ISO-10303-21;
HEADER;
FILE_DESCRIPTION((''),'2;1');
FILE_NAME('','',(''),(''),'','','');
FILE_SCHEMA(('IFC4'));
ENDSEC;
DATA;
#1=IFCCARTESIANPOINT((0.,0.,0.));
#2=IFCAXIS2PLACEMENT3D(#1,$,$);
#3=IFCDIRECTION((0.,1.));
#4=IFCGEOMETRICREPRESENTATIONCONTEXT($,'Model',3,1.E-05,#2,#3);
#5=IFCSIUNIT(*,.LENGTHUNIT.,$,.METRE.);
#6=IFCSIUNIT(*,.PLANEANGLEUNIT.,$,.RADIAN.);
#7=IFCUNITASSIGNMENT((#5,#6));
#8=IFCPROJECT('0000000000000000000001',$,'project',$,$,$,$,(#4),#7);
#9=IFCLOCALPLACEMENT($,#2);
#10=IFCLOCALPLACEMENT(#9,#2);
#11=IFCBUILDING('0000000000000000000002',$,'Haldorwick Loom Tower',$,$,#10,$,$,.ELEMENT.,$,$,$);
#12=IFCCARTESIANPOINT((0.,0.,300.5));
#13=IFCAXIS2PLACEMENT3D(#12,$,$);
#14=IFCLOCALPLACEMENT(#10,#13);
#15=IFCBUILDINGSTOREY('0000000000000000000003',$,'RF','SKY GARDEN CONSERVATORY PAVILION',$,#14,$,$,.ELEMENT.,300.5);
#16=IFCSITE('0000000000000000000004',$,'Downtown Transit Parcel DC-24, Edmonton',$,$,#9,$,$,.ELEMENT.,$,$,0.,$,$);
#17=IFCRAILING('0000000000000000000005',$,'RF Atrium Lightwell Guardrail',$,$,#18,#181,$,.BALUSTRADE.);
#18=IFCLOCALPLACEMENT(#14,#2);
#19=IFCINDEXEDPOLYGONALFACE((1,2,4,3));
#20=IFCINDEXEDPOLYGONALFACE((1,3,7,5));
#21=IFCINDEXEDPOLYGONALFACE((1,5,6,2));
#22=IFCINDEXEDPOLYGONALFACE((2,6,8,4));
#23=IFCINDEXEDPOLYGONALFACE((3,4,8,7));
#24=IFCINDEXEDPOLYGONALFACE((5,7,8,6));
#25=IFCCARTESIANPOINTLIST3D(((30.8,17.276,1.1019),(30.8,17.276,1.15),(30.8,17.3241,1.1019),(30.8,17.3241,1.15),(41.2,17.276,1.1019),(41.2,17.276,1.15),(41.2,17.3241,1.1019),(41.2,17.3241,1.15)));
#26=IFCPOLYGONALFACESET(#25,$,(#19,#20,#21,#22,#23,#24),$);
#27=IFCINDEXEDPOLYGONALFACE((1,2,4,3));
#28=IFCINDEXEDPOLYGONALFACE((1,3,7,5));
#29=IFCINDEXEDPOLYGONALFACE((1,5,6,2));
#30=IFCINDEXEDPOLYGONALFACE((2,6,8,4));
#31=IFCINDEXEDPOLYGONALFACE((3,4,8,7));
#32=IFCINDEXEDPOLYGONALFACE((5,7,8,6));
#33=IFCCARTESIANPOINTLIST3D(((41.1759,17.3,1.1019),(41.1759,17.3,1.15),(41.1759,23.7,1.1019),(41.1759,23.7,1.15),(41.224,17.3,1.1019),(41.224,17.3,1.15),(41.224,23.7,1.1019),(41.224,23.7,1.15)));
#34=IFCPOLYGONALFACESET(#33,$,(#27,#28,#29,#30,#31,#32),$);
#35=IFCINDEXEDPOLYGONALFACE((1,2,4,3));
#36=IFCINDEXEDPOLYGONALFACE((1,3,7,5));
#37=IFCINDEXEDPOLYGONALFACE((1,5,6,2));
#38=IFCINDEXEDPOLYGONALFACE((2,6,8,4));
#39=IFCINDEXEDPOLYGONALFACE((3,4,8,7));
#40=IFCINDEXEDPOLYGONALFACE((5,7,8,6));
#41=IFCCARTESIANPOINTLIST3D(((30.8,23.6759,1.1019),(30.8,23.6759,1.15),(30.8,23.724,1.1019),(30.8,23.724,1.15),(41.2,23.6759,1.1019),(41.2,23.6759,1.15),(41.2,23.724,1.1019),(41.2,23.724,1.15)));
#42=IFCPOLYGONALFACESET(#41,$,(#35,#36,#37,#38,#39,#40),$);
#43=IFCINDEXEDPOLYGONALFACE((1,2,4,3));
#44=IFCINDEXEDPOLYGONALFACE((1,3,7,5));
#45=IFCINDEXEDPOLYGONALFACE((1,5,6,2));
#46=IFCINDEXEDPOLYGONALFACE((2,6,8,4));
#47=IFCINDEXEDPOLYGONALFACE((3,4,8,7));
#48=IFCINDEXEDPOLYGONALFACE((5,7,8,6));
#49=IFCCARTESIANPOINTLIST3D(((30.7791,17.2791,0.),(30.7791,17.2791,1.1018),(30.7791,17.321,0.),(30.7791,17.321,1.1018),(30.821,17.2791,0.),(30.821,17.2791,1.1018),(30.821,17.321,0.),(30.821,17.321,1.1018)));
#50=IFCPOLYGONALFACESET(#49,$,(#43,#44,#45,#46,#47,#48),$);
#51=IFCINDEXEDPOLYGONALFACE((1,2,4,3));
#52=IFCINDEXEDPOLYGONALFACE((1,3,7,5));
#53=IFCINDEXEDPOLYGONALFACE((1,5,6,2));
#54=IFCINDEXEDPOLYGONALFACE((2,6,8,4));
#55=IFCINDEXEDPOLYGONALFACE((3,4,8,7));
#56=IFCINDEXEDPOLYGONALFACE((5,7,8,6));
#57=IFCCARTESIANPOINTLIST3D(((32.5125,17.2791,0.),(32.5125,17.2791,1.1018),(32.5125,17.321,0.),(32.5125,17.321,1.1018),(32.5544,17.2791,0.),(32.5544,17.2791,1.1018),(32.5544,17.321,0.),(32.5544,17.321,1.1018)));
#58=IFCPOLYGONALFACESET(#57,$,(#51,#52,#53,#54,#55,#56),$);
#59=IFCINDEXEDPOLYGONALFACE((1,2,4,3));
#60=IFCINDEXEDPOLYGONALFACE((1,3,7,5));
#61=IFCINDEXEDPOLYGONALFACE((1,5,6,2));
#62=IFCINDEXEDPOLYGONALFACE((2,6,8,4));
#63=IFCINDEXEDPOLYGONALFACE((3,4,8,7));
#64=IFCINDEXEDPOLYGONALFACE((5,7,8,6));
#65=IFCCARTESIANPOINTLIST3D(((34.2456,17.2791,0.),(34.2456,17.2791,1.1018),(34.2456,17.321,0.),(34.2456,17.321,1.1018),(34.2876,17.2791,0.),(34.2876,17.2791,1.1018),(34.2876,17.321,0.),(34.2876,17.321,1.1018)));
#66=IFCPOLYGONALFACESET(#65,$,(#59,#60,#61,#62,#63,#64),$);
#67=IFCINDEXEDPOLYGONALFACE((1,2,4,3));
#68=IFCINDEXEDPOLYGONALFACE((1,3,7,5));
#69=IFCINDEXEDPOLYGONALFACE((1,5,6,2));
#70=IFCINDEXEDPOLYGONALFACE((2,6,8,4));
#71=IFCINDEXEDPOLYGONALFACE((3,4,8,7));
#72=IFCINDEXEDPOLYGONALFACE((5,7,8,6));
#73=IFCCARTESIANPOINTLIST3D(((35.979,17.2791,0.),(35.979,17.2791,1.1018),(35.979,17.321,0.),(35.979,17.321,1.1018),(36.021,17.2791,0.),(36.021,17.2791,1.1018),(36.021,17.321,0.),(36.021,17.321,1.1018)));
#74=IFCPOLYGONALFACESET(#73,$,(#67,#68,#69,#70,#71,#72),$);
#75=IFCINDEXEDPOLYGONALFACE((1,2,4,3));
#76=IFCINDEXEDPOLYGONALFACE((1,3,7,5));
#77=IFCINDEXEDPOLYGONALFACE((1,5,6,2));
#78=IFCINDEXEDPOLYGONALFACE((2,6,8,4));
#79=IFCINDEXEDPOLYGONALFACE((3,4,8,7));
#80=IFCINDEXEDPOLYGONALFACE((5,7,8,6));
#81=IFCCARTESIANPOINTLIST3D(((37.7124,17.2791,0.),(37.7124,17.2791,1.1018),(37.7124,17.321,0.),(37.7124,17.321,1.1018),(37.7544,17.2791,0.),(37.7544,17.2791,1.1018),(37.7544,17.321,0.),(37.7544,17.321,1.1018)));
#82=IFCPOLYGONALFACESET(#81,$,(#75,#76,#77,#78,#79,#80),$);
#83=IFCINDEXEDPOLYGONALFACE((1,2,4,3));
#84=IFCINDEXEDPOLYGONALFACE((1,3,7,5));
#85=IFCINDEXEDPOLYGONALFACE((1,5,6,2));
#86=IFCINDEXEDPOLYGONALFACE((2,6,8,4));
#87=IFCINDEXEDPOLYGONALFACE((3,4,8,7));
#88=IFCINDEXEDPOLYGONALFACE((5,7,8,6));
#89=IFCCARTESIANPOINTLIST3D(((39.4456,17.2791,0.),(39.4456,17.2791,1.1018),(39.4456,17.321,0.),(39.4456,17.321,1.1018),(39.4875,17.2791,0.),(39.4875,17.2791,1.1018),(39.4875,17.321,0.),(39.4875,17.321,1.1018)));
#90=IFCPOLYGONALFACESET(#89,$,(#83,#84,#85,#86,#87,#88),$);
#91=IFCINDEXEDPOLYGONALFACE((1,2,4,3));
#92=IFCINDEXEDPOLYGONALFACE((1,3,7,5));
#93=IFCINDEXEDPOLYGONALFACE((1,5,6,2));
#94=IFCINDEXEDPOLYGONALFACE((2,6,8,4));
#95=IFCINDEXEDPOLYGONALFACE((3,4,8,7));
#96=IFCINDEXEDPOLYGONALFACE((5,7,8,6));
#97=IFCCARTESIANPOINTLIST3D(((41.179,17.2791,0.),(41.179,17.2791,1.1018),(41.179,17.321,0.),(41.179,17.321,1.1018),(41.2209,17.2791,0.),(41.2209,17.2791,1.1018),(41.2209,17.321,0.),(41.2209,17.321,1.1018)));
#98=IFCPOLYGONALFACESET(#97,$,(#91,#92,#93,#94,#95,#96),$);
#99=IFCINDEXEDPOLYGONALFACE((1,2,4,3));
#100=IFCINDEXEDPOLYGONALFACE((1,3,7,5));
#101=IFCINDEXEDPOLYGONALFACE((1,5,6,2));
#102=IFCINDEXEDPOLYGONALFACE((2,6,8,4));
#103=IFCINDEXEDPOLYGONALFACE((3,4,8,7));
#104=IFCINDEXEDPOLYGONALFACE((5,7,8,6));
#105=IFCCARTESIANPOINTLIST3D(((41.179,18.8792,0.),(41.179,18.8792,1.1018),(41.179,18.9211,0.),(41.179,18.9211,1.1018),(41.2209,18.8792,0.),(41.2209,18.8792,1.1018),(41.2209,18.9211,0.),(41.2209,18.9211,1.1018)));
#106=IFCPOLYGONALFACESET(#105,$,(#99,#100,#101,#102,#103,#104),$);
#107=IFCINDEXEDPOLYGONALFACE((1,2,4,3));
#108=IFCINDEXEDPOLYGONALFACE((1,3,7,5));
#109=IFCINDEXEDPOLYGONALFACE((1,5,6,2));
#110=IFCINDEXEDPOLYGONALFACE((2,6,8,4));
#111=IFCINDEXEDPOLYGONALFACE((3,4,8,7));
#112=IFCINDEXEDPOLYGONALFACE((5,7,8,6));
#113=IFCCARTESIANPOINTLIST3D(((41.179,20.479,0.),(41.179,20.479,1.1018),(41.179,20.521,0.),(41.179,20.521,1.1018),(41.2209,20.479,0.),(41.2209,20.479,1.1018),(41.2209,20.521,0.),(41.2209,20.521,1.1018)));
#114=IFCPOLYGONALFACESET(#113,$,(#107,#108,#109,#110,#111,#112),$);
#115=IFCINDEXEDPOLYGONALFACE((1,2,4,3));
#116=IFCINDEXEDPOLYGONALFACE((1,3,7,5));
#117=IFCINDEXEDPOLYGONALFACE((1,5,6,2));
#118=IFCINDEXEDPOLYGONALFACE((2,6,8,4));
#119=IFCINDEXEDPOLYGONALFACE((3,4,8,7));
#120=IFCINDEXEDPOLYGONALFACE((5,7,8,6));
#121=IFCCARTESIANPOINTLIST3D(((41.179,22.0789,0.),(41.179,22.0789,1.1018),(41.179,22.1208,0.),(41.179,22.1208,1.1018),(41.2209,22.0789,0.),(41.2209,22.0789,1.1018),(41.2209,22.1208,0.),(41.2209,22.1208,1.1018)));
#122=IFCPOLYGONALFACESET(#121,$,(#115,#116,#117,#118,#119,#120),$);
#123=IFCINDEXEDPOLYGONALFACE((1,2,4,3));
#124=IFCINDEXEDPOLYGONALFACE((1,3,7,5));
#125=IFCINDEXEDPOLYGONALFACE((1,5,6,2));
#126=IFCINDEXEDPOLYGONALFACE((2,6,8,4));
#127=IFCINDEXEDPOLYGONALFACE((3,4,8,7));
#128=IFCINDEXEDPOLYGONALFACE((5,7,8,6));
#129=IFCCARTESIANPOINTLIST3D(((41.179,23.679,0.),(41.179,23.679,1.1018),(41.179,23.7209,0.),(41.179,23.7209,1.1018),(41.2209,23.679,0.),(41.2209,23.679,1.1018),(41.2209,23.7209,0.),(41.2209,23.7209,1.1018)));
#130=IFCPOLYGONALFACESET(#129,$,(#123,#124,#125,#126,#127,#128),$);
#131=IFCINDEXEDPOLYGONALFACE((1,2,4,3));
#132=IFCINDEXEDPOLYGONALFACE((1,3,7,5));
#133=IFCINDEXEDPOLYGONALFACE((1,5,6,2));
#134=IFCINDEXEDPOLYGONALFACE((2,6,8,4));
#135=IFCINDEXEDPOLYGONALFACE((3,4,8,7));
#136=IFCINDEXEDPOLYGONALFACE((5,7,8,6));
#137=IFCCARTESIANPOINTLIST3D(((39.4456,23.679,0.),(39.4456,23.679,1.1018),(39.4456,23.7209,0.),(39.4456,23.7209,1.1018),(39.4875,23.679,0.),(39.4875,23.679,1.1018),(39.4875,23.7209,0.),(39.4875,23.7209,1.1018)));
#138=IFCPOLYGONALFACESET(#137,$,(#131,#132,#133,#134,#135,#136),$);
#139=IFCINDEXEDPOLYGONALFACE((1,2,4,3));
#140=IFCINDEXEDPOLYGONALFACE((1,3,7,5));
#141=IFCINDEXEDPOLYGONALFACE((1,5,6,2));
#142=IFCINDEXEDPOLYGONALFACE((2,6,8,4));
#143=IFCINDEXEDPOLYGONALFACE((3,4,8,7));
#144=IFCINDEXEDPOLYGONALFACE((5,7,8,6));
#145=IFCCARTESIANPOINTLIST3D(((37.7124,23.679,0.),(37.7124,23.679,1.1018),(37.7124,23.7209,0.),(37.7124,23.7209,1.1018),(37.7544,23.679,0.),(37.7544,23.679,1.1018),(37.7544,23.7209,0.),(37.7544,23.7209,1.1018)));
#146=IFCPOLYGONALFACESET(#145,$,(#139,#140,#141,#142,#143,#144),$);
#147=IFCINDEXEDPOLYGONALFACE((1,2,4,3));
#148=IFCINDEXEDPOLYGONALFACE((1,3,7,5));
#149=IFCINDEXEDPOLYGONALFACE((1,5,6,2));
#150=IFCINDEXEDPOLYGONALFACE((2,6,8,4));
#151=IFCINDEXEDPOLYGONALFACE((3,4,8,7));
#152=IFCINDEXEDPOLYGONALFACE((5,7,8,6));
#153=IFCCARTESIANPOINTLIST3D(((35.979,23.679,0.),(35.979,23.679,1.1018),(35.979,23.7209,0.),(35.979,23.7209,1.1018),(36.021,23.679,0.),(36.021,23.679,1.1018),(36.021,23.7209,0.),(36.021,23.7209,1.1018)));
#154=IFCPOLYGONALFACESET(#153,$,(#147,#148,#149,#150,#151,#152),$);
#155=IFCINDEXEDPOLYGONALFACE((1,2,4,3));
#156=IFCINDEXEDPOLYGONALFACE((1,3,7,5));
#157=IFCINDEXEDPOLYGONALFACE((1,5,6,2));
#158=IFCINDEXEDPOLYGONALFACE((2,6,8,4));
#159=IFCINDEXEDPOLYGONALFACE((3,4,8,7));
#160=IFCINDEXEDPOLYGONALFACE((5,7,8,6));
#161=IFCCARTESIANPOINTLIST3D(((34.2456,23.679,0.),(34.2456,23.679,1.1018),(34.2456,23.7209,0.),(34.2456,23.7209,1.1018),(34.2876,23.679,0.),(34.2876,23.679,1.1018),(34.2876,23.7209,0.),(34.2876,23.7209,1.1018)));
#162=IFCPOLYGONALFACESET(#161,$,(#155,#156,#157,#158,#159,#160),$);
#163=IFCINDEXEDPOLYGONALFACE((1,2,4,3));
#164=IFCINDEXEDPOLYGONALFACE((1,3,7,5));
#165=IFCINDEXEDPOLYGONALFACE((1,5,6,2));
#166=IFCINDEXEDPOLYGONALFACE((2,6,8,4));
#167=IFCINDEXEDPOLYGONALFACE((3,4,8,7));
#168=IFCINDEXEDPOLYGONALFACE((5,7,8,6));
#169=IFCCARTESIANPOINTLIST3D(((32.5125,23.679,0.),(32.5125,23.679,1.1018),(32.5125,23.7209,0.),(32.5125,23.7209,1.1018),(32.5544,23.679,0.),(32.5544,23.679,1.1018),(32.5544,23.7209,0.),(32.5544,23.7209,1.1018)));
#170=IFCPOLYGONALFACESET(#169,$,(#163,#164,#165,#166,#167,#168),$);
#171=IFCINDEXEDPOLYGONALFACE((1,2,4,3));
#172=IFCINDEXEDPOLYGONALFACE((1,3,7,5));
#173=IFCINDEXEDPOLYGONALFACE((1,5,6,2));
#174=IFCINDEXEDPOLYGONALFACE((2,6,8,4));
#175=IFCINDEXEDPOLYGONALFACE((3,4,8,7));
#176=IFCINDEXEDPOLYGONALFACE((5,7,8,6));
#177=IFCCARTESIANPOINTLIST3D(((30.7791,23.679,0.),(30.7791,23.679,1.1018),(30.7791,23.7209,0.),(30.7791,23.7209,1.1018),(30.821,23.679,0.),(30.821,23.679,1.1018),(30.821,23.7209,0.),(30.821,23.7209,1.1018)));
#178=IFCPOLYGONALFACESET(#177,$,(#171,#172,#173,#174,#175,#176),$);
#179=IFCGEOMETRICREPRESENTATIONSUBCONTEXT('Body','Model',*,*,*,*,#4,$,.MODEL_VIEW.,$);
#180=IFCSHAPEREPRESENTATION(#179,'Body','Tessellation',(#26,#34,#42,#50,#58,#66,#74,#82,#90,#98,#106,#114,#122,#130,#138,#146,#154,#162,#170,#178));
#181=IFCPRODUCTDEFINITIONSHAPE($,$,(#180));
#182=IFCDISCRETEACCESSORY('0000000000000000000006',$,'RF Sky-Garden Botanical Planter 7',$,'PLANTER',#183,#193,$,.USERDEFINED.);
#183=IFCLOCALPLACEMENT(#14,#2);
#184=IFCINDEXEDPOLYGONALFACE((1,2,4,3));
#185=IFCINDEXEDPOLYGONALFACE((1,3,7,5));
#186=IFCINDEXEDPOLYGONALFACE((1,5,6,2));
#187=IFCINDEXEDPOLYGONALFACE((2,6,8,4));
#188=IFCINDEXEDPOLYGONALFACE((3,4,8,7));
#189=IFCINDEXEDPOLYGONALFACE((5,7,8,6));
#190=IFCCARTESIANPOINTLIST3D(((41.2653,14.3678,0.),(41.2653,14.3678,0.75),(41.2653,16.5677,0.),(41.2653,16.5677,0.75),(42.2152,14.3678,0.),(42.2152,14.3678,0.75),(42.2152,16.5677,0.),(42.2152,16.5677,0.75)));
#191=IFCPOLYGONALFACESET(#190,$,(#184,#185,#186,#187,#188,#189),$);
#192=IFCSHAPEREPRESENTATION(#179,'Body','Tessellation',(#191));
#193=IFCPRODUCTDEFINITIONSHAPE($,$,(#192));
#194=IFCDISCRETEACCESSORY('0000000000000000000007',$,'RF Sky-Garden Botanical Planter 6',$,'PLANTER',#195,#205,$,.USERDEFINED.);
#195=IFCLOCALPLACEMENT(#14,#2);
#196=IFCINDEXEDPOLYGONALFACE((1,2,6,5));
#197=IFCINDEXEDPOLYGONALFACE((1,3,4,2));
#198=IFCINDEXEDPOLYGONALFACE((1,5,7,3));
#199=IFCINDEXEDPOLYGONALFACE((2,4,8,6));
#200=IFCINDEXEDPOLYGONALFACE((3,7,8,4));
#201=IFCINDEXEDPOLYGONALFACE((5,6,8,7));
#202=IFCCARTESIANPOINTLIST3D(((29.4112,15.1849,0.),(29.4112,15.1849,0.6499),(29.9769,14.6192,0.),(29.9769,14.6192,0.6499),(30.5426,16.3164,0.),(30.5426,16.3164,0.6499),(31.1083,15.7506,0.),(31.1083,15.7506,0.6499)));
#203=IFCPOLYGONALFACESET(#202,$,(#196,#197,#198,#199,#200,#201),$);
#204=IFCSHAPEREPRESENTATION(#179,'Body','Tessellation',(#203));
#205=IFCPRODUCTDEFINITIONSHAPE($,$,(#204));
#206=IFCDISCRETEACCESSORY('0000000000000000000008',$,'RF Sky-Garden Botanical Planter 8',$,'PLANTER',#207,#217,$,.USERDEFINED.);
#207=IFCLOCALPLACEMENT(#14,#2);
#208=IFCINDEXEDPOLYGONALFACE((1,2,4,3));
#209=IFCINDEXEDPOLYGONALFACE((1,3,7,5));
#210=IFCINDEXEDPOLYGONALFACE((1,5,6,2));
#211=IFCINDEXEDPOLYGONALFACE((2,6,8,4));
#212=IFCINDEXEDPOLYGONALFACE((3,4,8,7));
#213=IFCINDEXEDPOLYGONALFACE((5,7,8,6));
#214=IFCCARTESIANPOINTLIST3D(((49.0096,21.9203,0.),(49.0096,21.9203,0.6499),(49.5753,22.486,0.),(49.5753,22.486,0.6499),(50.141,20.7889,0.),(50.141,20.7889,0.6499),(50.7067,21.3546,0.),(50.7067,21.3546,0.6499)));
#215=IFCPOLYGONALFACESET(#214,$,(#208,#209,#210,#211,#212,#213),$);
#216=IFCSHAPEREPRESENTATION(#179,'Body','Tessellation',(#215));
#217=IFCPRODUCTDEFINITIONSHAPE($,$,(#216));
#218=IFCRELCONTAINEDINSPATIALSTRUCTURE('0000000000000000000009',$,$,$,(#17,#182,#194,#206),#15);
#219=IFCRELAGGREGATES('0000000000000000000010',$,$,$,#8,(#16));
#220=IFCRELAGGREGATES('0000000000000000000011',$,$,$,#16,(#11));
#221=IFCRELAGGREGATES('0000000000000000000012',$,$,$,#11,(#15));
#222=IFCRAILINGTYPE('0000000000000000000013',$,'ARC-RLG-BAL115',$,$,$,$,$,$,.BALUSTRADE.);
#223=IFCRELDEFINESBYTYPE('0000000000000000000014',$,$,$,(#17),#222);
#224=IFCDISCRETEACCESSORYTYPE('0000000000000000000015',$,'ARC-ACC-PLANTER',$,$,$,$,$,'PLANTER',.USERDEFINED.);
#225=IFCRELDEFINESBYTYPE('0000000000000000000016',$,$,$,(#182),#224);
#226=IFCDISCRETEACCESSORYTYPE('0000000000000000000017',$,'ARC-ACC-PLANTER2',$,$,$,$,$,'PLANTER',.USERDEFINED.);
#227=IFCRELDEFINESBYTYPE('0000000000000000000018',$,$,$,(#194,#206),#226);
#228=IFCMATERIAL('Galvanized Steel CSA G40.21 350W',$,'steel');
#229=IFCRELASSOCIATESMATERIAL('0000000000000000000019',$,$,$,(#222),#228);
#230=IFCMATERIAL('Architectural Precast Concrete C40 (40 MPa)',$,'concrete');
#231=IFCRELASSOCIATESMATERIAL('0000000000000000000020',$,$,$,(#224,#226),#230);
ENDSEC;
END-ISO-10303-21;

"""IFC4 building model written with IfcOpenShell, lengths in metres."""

from ifc_helpers import new_model, si_unit, direction, frame, origin, origin_2d, place, context, subcontext, project, spatial, rectangle, extrude, material, type_object, element, save


model = new_model("IFC4")

# Units and contexts
model_context = context("Model", 3, precision=1e-05, world=origin(), true_north=direction((0.0, 1.0)))
body_context = subcontext(model_context, "Body", "Model", "MODEL_VIEW")
ifc_project = project(units=[si_unit("LENGTHUNIT", "METRE"), si_unit("PLANEANGLEUNIT", "RADIAN")], contexts=[model_context])

# Site, building, storey
site_placement = place(None, origin())
site = spatial("IfcSite", under=ifc_project, at=site_placement, Name="Downtown Transit Parcel DC-24, Edmonton", CompositionType="ELEMENT", RefElevation=0.0)
building_placement = place(site_placement, origin())
building = spatial("IfcBuilding", under=site, at=building_placement, Name="Haldorwick Loom Tower", CompositionType="ELEMENT")
storey_placement = place(building_placement, frame((0.0, 0.0, 300.5)))
storey = spatial("IfcBuildingStorey", under=building, at=storey_placement, Name="RF", Description="SKY GARDEN CONSERVATORY PAVILION", CompositionType="ELEMENT", Elevation=300.5)

# Railing
ifc_material_1 = material(Name="Galvanized Steel CSA G40.21 350W", Category="steel")
railing_type_1 = type_object("IfcRailingType", Name="ARC-RLG-BAL115", PredefinedType="BALUSTRADE", material=ifc_material_1)
railing_1_placement = place(storey_placement, frame((30.8, 17.3, 0.0)))
element("IfcRailing", 1, at=railing_1_placement, inside=storey, type_object=railing_type_1, Name="RF Atrium Lightwell Guardrail", PredefinedType="BALUSTRADE", context=body_context, shape_type="SweptSolid", body=[
    extrude(rectangle(XDim=0.0481, YDim=0.0481, at=origin_2d()), frame((0.0, 0.0, 1.126), z_axis=(1.0, 0.0, 0.0), x_axis=(0.0, 1.0, 0.0)), (0.0, 0.0, 1.0), 10.3999),
    extrude(rectangle(XDim=0.0481, YDim=0.0481, at=origin_2d()), frame((10.3999, 0.0, 1.126), z_axis=(0.0, 1.0, 0.0), x_axis=(-1.0, 0.0, 0.0)), (0.0, 0.0, 1.0), 6.3999),
    extrude(rectangle(XDim=0.0481, YDim=0.0481, at=origin_2d()), frame((10.3999, 6.3999, 1.126), z_axis=(-1.0, 0.0, 0.0), x_axis=(0.0, -1.0, 0.0)), (0.0, 0.0, 1.0), 10.3999),
    extrude(rectangle(XDim=0.042, YDim=0.042, at=origin_2d()), origin(), (0.0, 0.0, 1.0), 1.1018),
    extrude(rectangle(XDim=0.042, YDim=0.042, at=origin_2d()), frame((1.7334, 0.0, 0.0)), (0.0, 0.0, 1.0), 1.1018),
    extrude(rectangle(XDim=0.042, YDim=0.042, at=origin_2d()), frame((3.4666, 0.0, 0.0)), (0.0, 0.0, 1.0), 1.1018),
    extrude(rectangle(XDim=0.042, YDim=0.042, at=origin_2d()), frame((5.2, 0.0, 0.0)), (0.0, 0.0, 1.0), 1.1018),
    extrude(rectangle(XDim=0.042, YDim=0.042, at=origin_2d()), frame((6.9333, 0.0, 0.0)), (0.0, 0.0, 1.0), 1.1018),
    extrude(rectangle(XDim=0.042, YDim=0.042, at=origin_2d()), frame((8.6665, 0.0, 0.0)), (0.0, 0.0, 1.0), 1.1018),
    extrude(rectangle(XDim=0.042, YDim=0.042, at=origin_2d()), frame((10.3999, 0.0, 0.0)), (0.0, 0.0, 1.0), 1.1018),
    extrude(rectangle(XDim=0.042, YDim=0.042, at=origin_2d()), frame((10.3999, 1.6001, 0.0)), (0.0, 0.0, 1.0), 1.1018),
    extrude(rectangle(XDim=0.042, YDim=0.042, at=origin_2d()), frame((10.3999, 3.2, 0.0)), (0.0, 0.0, 1.0), 1.1018),
    extrude(rectangle(XDim=0.042, YDim=0.042, at=origin_2d()), frame((10.3999, 4.7998, 0.0)), (0.0, 0.0, 1.0), 1.1018),
    extrude(rectangle(XDim=0.042, YDim=0.042, at=origin_2d()), frame((10.3999, 6.3999, 0.0)), (0.0, 0.0, 1.0), 1.1018),
    extrude(rectangle(XDim=0.042, YDim=0.042, at=origin_2d()), frame((8.6665, 6.3999, 0.0)), (0.0, 0.0, 1.0), 1.1018),
    extrude(rectangle(XDim=0.042, YDim=0.042, at=origin_2d()), frame((6.9333, 6.3999, 0.0)), (0.0, 0.0, 1.0), 1.1018),
    extrude(rectangle(XDim=0.042, YDim=0.042, at=origin_2d()), frame((5.2, 6.3999, 0.0)), (0.0, 0.0, 1.0), 1.1018),
    extrude(rectangle(XDim=0.042, YDim=0.042, at=origin_2d()), frame((3.4666, 6.3999, 0.0)), (0.0, 0.0, 1.0), 1.1018),
    extrude(rectangle(XDim=0.042, YDim=0.042, at=origin_2d()), frame((1.7334, 6.3999, 0.0)), (0.0, 0.0, 1.0), 1.1018),
    extrude(rectangle(XDim=0.042, YDim=0.042, at=origin_2d()), frame((0.0, 6.3999, 0.0)), (0.0, 0.0, 1.0), 1.1018),
])

# Discrete accessories
ifc_material_2 = material(Name="Architectural Precast Concrete C40 (40 MPa)", Category="concrete")
discrete_accessory_type_1 = type_object("IfcDiscreteAccessoryType", Name="ARC-ACC-PLANTER", ElementType="PLANTER", PredefinedType="USERDEFINED", material=ifc_material_2)
discrete_accessory_placement = place(storey_placement, frame((41.7402, 15.4678, 0.0), z_axis=(0.0, 0.0, 1.0), x_axis=(0.0, -1.0, 0.0)))
element("IfcDiscreteAccessory", 2, at=discrete_accessory_placement, inside=storey, type_object=discrete_accessory_type_1, Name="RF Sky-Garden Botanical Planter 7", ObjectType="PLANTER", PredefinedType="USERDEFINED", context=body_context, shape_type="SweptSolid", body=[
    extrude(rectangle(XDim=2.2, YDim=0.95, at=origin_2d()), origin(), (0.0, 0.0, 1.0), 0.75),
])
discrete_accessory_type_2 = type_object("IfcDiscreteAccessoryType", Name="ARC-ACC-PLANTER2", ElementType="PLANTER", PredefinedType="USERDEFINED", material=ifc_material_2)
for number, where, z_axis, x_axis, name in (
    (3, (30.2598, 15.4678, 0.0), (0.0, 0.0, 1.0), (-0.707107, -0.707107, 0.0), "RF Sky-Garden Botanical Planter 6"),
    (4, (49.8582, 21.6375, 0.0), (0.0, 0.0, 1.0), (0.707107, -0.707107, 0.0), "RF Sky-Garden Botanical Planter 8"),
):
    element("IfcDiscreteAccessory", number, at=place(storey_placement, frame(where, z_axis=z_axis, x_axis=x_axis)), inside=storey, type_object=discrete_accessory_type_2, Name=name, ObjectType="PLANTER", PredefinedType="USERDEFINED", context=body_context, shape_type="SweptSolid", body=[
        extrude(rectangle(XDim=1.6001, YDim=0.8, at=origin_2d()), origin(), (0.0, 0.0, 1.0), 0.6499),
    ])

save(model, "model.ifc")
